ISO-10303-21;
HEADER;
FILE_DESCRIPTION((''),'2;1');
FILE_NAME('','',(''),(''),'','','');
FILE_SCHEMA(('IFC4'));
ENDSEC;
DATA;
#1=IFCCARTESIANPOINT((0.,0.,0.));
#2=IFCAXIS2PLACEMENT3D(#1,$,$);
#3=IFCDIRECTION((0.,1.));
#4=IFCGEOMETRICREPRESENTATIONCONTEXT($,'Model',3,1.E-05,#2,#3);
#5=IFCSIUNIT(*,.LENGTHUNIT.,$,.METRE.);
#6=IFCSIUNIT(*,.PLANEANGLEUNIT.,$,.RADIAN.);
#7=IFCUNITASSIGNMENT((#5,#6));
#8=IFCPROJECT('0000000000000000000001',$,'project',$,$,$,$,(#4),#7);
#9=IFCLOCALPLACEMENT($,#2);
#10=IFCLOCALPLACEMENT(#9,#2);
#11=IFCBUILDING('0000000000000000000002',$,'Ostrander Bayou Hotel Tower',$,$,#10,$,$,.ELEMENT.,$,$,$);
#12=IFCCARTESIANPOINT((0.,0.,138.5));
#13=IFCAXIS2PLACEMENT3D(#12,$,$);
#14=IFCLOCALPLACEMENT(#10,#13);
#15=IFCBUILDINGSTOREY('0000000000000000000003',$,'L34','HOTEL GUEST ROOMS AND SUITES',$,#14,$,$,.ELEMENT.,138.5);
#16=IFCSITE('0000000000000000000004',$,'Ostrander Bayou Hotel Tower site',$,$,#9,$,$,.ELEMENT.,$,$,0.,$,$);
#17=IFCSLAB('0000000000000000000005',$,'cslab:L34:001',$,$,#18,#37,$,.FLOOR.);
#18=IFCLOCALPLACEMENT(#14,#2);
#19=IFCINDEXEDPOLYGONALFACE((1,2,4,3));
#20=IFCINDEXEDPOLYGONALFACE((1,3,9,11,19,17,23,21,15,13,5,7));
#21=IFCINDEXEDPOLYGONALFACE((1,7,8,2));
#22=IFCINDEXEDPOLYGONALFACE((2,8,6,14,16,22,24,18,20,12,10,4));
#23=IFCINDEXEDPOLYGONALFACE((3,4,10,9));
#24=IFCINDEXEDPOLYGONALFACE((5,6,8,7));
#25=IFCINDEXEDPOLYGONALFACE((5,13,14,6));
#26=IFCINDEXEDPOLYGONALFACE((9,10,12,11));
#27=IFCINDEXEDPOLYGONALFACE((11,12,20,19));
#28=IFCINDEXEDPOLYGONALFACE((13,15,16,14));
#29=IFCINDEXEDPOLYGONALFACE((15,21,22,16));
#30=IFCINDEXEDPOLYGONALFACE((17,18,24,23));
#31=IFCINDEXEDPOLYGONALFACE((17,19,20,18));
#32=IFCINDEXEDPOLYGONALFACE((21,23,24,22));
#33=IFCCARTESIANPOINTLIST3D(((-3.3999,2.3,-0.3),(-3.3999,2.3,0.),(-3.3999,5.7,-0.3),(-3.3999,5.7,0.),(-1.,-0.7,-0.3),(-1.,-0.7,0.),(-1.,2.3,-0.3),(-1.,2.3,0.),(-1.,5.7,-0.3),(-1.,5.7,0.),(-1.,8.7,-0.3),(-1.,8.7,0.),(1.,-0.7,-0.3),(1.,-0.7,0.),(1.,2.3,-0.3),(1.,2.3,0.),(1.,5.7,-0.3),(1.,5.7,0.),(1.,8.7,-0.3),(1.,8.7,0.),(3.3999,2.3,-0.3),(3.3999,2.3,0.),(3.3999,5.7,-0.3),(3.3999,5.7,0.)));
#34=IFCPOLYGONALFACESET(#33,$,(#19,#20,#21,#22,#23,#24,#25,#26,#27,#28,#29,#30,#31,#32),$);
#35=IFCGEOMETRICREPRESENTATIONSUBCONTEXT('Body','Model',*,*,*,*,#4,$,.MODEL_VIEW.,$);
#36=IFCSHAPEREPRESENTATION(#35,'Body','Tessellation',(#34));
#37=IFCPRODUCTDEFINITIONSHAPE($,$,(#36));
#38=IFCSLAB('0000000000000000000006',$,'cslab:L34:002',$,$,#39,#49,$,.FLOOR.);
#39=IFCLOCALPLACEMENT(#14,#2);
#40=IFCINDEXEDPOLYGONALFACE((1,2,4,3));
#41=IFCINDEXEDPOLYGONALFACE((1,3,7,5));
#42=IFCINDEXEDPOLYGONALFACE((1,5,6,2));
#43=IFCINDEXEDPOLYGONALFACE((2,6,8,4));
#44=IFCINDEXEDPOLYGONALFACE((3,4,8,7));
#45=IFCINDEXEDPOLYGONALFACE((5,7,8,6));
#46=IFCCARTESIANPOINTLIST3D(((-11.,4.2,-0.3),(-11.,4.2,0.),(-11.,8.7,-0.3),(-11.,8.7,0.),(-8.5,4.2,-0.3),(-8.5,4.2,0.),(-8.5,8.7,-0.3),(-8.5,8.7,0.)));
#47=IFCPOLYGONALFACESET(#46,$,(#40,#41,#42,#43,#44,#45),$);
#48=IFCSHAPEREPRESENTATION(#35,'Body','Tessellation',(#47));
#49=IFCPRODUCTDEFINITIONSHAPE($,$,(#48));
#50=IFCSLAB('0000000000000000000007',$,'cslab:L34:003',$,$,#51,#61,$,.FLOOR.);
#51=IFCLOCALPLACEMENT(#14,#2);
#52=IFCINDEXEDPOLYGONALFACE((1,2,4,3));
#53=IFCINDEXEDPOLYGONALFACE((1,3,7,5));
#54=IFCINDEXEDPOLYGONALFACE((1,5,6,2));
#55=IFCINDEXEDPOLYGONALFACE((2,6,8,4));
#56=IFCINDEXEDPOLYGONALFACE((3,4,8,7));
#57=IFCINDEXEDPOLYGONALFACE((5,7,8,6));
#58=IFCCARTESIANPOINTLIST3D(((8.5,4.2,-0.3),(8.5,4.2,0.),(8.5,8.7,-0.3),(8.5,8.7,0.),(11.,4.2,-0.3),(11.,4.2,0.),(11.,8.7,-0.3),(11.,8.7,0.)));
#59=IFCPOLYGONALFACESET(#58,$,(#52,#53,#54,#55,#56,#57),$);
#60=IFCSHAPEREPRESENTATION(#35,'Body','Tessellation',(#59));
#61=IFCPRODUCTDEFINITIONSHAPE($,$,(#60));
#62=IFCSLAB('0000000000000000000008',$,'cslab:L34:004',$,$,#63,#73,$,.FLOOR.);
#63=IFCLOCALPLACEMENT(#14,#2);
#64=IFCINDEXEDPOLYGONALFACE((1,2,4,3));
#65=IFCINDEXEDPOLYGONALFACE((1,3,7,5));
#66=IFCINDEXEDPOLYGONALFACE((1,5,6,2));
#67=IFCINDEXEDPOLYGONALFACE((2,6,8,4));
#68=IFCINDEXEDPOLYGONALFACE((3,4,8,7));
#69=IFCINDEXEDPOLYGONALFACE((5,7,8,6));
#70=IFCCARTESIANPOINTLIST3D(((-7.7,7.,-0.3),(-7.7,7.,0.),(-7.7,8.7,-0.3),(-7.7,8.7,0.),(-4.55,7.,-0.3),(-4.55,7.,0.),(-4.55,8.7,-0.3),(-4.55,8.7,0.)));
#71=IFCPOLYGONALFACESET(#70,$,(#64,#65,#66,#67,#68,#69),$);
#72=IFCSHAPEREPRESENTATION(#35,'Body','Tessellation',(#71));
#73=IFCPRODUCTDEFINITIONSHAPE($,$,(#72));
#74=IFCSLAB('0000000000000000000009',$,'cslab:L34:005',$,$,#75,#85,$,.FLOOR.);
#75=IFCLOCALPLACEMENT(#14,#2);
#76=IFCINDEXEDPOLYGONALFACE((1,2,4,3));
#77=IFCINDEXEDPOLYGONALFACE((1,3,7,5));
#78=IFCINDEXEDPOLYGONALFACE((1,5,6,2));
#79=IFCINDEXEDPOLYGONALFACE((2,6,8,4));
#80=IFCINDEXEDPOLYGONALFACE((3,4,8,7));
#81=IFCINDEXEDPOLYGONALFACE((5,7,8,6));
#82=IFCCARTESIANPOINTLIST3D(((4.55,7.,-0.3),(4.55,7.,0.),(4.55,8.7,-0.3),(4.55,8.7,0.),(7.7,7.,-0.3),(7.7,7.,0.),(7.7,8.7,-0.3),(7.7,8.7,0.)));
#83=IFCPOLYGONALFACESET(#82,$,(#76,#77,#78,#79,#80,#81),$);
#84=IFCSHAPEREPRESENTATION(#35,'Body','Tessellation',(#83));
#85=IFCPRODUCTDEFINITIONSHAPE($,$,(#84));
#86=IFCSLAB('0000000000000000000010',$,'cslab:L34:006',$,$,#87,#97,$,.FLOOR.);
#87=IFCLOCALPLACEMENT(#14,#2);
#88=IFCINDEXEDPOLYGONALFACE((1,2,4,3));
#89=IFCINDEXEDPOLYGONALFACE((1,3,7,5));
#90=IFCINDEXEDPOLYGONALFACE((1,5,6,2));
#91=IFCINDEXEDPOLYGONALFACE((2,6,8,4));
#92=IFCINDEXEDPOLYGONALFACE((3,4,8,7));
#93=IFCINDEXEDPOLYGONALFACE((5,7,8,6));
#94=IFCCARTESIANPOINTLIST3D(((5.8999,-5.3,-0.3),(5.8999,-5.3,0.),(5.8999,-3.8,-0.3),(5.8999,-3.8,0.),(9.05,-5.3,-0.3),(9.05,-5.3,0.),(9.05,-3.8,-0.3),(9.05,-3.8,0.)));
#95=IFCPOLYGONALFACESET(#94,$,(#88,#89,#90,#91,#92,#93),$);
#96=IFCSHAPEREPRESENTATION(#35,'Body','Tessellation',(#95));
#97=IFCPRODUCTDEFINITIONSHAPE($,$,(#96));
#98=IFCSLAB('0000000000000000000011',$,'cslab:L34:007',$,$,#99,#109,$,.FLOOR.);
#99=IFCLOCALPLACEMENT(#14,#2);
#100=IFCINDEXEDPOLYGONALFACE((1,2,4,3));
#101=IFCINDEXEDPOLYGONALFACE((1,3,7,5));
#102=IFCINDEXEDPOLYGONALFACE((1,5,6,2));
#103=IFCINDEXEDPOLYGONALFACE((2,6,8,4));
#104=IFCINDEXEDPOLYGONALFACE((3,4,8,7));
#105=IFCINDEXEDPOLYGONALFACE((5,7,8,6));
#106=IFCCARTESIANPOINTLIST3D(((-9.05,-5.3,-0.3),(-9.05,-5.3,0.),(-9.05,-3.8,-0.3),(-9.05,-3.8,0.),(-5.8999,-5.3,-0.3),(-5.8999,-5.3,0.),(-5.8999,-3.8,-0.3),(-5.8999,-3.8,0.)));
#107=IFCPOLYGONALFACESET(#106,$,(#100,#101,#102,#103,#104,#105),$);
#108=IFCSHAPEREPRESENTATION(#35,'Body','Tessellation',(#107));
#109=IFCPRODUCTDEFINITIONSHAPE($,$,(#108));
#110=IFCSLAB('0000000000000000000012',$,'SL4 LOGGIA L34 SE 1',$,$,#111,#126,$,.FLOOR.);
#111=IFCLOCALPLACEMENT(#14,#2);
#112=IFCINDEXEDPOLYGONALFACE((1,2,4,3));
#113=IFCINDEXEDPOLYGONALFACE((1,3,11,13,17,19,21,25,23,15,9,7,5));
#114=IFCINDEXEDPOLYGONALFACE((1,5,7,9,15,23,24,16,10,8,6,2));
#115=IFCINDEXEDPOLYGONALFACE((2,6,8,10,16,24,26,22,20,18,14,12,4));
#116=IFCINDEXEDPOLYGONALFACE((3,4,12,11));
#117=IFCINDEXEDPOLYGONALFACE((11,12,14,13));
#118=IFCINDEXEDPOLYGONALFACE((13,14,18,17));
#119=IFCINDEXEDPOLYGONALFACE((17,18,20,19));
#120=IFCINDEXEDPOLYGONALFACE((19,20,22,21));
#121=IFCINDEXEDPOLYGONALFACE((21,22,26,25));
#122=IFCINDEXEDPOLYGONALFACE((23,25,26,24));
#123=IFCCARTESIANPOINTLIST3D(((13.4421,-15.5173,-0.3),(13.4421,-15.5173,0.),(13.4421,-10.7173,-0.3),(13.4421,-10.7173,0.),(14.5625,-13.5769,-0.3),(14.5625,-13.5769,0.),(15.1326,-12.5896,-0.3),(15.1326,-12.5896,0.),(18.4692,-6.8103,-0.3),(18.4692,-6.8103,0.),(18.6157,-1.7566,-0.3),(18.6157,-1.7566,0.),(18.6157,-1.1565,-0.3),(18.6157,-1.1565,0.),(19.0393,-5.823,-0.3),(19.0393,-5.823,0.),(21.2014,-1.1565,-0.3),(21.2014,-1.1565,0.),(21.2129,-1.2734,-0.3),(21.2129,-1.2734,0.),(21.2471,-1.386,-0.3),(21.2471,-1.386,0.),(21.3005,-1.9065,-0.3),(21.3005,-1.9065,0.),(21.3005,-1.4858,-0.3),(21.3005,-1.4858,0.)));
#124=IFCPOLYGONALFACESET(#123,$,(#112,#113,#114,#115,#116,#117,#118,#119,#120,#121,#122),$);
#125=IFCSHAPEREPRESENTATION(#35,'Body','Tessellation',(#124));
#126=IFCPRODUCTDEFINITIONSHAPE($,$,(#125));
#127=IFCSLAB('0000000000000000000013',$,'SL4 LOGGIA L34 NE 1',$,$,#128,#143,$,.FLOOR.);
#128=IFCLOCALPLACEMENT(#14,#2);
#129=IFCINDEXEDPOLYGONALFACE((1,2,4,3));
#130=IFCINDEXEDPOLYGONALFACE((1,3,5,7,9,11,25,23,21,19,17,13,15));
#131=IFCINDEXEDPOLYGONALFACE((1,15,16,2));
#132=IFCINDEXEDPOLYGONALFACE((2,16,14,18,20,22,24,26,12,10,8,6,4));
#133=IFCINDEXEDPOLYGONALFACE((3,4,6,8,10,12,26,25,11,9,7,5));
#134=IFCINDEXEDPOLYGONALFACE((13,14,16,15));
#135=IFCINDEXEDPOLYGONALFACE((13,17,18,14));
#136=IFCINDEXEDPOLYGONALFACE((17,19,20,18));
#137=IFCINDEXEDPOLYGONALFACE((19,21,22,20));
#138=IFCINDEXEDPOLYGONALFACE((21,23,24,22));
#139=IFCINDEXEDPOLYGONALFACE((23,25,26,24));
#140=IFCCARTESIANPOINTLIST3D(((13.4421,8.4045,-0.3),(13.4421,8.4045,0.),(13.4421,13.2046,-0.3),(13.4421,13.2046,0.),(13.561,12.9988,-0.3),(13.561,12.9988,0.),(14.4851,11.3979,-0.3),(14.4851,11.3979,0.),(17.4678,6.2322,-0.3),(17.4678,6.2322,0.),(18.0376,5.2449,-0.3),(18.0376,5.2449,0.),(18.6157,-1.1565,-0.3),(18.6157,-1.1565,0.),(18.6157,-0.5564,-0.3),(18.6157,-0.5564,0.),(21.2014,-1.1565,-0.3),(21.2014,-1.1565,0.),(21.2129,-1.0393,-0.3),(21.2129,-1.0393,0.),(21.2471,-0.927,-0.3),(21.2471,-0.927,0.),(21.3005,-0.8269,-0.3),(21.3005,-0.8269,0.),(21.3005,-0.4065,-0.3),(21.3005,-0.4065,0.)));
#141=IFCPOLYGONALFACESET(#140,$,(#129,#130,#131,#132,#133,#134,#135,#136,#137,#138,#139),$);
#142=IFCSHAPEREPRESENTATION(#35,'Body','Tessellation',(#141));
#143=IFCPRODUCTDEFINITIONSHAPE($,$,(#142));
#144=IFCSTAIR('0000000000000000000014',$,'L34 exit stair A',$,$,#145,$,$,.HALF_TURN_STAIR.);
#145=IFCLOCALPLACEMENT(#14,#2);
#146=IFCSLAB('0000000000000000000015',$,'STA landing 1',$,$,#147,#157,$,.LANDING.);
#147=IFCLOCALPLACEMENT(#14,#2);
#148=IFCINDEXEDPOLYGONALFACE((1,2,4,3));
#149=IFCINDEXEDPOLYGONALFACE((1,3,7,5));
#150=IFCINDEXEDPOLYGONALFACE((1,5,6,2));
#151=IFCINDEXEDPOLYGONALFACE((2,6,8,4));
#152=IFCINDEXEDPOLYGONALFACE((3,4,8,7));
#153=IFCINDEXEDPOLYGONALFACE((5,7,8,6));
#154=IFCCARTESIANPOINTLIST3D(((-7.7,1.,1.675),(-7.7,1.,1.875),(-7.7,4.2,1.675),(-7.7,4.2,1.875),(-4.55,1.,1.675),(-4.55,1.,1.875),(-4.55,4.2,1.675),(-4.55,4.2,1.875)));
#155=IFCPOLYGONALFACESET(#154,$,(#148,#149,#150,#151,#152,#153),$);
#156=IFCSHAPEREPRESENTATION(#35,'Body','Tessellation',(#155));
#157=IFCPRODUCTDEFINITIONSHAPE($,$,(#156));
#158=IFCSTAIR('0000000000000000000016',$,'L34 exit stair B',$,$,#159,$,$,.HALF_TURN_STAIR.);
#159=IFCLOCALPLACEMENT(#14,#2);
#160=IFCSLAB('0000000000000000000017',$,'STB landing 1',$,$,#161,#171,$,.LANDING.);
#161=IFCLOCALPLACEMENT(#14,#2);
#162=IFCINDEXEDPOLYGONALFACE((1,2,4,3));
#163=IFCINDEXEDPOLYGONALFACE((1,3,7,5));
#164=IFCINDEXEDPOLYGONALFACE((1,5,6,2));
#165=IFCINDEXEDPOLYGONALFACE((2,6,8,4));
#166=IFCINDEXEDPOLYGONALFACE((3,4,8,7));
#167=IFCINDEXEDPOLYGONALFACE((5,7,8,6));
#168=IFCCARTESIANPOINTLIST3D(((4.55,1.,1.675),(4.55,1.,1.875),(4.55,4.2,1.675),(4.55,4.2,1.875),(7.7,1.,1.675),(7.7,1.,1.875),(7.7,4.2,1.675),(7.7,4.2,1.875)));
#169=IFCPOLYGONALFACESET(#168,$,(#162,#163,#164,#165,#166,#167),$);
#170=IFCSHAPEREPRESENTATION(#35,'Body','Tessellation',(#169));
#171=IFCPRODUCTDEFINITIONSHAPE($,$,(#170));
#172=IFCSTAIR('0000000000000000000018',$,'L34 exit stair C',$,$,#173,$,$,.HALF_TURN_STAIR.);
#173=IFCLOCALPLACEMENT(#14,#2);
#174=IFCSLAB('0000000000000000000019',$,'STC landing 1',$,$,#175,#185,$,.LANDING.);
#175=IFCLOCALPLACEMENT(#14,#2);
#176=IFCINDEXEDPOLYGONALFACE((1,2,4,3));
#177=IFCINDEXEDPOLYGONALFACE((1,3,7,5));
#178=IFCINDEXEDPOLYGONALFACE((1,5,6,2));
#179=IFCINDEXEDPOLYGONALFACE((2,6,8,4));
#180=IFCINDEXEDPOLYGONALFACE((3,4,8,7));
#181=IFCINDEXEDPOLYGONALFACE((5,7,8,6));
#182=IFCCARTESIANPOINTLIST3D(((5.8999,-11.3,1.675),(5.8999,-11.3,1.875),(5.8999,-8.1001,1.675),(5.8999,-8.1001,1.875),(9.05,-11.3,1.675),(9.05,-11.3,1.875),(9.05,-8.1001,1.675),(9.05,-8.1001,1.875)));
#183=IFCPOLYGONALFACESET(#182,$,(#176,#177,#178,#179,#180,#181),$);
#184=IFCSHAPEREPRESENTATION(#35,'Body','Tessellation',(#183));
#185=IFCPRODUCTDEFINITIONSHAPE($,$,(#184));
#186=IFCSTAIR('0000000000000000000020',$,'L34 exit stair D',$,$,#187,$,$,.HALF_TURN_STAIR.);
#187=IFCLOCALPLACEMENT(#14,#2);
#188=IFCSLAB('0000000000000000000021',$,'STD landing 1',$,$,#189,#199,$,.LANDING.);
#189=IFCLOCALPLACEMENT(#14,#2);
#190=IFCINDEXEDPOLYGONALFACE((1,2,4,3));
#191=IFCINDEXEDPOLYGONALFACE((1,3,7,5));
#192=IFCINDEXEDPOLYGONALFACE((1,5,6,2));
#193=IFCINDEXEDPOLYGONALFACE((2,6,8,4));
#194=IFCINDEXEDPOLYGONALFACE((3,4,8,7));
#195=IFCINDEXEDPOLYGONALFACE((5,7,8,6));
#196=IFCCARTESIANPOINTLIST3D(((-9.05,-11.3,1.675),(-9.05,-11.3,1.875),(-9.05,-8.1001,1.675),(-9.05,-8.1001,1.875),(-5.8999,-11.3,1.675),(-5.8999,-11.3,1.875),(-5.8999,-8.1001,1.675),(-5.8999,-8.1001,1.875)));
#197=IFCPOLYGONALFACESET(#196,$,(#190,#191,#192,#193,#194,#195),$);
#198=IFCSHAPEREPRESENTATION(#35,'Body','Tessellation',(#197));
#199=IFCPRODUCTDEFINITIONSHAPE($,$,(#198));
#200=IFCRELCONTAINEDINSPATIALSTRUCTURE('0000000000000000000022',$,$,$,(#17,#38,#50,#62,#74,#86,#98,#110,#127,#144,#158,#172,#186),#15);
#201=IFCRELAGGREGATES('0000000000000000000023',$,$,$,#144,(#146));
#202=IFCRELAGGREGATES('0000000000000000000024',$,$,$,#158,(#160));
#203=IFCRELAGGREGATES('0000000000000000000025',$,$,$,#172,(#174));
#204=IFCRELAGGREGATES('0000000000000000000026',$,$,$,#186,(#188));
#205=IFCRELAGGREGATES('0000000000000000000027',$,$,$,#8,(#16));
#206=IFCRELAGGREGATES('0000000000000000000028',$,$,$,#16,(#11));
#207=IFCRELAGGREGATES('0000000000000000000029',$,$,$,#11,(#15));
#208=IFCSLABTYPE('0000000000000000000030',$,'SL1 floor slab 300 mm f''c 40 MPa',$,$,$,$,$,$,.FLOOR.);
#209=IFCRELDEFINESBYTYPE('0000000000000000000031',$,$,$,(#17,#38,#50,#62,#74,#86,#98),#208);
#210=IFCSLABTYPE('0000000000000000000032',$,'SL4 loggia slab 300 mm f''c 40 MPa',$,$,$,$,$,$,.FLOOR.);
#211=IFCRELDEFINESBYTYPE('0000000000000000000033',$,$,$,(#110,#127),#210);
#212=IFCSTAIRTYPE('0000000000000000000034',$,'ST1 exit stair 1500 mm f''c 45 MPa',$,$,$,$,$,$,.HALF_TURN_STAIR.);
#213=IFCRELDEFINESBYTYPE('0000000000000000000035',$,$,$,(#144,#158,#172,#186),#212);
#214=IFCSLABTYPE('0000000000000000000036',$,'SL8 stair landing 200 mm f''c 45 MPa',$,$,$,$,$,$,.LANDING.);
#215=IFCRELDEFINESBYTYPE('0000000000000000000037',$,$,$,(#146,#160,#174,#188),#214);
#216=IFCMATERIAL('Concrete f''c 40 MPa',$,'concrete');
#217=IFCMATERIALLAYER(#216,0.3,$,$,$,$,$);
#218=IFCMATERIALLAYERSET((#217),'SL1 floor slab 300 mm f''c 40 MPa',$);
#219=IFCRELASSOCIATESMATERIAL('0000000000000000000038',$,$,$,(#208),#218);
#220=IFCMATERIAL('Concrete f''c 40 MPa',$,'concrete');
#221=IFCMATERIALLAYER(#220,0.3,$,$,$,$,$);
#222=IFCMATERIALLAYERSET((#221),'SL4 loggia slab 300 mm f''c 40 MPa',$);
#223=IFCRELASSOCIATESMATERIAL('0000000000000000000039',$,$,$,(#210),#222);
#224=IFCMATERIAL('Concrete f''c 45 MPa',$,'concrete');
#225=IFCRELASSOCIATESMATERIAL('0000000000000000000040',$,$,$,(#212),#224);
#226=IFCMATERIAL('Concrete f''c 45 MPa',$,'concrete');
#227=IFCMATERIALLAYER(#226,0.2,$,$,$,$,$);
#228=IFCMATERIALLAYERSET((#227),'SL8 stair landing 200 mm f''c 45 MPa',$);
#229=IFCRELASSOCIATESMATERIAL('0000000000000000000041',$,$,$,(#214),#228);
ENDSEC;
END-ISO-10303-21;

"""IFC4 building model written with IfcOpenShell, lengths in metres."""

from ifc_helpers import new_model, si_unit, direction, frame, origin, place, context, subcontext, project, spatial, polyline, outline, extrude, material, layer, layer_set, type_object, element, aggregate, save


model = new_model("IFC4")

# Units and contexts
model_context = context("Model", 3, precision=1e-05, world=origin(), true_north=direction((0.0, 1.0)))
body_context = subcontext(model_context, "Body", "Model", "MODEL_VIEW")
ifc_project = project(units=[si_unit("LENGTHUNIT", "METRE"), si_unit("PLANEANGLEUNIT", "RADIAN")], contexts=[model_context])

# Site, building, storey
site_placement = place(None, origin())
site = spatial("IfcSite", under=ifc_project, at=site_placement, Name="Ostrander Bayou Hotel Tower site", CompositionType="ELEMENT", RefElevation=0.0)
building_placement = place(site_placement, origin())
building = spatial("IfcBuilding", under=site, at=building_placement, Name="Ostrander Bayou Hotel Tower", CompositionType="ELEMENT")
storey_placement = place(building_placement, frame((0.0, 0.0, 138.5)))
storey = spatial("IfcBuildingStorey", under=building, at=storey_placement, Name="L34", Description="HOTEL GUEST ROOMS AND SUITES", CompositionType="ELEMENT", Elevation=138.5)

# Slabs
ifc_material_1 = material(Name="Concrete f'c 40 MPa", Category="concrete")
ifc_layer_1 = layer(ifc_material_1, 0.3)
ifc_layer_set_1 = layer_set([ifc_layer_1], Name="SL1 floor slab 300 mm f'c 40 MPa")
slab_type_1 = type_object("IfcSlabType", Name="SL1 floor slab 300 mm f'c 40 MPa", PredefinedType="FLOOR", material=ifc_layer_set_1)
slab_1_placement = place(storey_placement, frame((0.0, 0.0, -0.3)))
element("IfcSlab", 1, at=slab_1_placement, inside=storey, type_object=slab_type_1, Name="cslab:L34:001", PredefinedType="FLOOR", context=body_context, shape_type="SweptSolid", body=[
    extrude(outline(polyline([(-3.3999, 5.7), (-1.0, 5.7), (-1.0, 8.7), (1.0, 8.7), (1.0, 5.7), (3.3999, 5.7), (3.3999, 2.3), (1.0, 2.3), (1.0, -0.7), (-1.0, -0.7), (-1.0, 2.3), (-3.3999, 2.3), (-3.3999, 5.7)])), origin(), (0.0, 0.0, 1.0), 0.3),
])
slab_2_placement = place(storey_placement, frame((0.0, 0.0, -0.3)))
element("IfcSlab", 2, at=slab_2_placement, inside=storey, type_object=slab_type_1, Name="cslab:L34:002", PredefinedType="FLOOR", context=body_context, shape_type="SweptSolid", body=[
    extrude(outline(polyline([(-8.5, 4.2), (-8.5, 8.7), (-11.0, 8.7), (-11.0, 4.2), (-8.5, 4.2)])), origin(), (0.0, 0.0, 1.0), 0.3),
])
slab_3_placement = place(storey_placement, frame((0.0, 0.0, -0.3)))
element("IfcSlab", 3, at=slab_3_placement, inside=storey, type_object=slab_type_1, Name="cslab:L34:003", PredefinedType="FLOOR", context=body_context, shape_type="SweptSolid", body=[
    extrude(outline(polyline([(11.0, 4.2), (11.0, 8.7), (8.5, 8.7), (8.5, 4.2), (11.0, 4.2)])), origin(), (0.0, 0.0, 1.0), 0.3),
])
slab_4_placement = place(storey_placement, frame((0.0, 0.0, -0.3)))
element("IfcSlab", 4, at=slab_4_placement, inside=storey, type_object=slab_type_1, Name="cslab:L34:004", PredefinedType="FLOOR", context=body_context, shape_type="SweptSolid", body=[
    extrude(outline(polyline([(-4.55, 7.0), (-4.55, 8.7), (-7.7, 8.7), (-7.7, 7.0), (-4.55, 7.0)])), origin(), (0.0, 0.0, 1.0), 0.3),
])
slab_5_placement = place(storey_placement, frame((0.0, 0.0, -0.3)))
element("IfcSlab", 5, at=slab_5_placement, inside=storey, type_object=slab_type_1, Name="cslab:L34:005", PredefinedType="FLOOR", context=body_context, shape_type="SweptSolid", body=[
    extrude(outline(polyline([(7.7, 7.0), (7.7, 8.7), (4.55, 8.7), (4.55, 7.0), (7.7, 7.0)])), origin(), (0.0, 0.0, 1.0), 0.3),
])
slab_6_placement = place(storey_placement, frame((0.0, 0.0, -0.3)))
element("IfcSlab", 6, at=slab_6_placement, inside=storey, type_object=slab_type_1, Name="cslab:L34:006", PredefinedType="FLOOR", context=body_context, shape_type="SweptSolid", body=[
    extrude(outline(polyline([(9.05, -5.3), (9.05, -3.8), (5.8999, -3.8), (5.8999, -5.3), (9.05, -5.3)])), origin(), (0.0, 0.0, 1.0), 0.3),
])
slab_7_placement = place(storey_placement, frame((0.0, 0.0, -0.3)))
element("IfcSlab", 7, at=slab_7_placement, inside=storey, type_object=slab_type_1, Name="cslab:L34:007", PredefinedType="FLOOR", context=body_context, shape_type="SweptSolid", body=[
    extrude(outline(polyline([(-5.8999, -5.3), (-5.8999, -3.8), (-9.05, -3.8), (-9.05, -5.3), (-5.8999, -5.3)])), origin(), (0.0, 0.0, 1.0), 0.3),
])
ifc_material_2 = material(Name="Concrete f'c 40 MPa", Category="concrete")
ifc_layer_2 = layer(ifc_material_2, 0.3)
ifc_layer_set_2 = layer_set([ifc_layer_2], Name="SL4 loggia slab 300 mm f'c 40 MPa")
slab_type_2 = type_object("IfcSlabType", Name="SL4 loggia slab 300 mm f'c 40 MPa", PredefinedType="FLOOR", material=ifc_layer_set_2)
slab_8_placement = place(storey_placement, frame((0.0, 0.0, -0.3)))
element("IfcSlab", 8, at=slab_8_placement, inside=storey, type_object=slab_type_2, Name="SL4 LOGGIA L34 SE 1", PredefinedType="FLOOR", context=body_context, shape_type="SweptSolid", body=[
    extrude(outline(polyline([(15.1326, -12.5896), (14.5625, -13.5769), (13.4421, -15.5173), (13.4421, -10.7173), (18.6157, -1.7566), (18.6157, -1.1565), (21.2014, -1.1565), (21.2129, -1.2734), (21.2471, -1.386), (21.3005, -1.4858), (21.3005, -1.9065), (19.0393, -5.823), (18.4692, -6.8103), (15.1326, -12.5896)])), origin(), (0.0, 0.0, 1.0), 0.3),
])
slab_9_placement = place(storey_placement, frame((0.0, 0.0, -0.3)))
element("IfcSlab", 9, at=slab_9_placement, inside=storey, type_object=slab_type_2, Name="SL4 LOGGIA L34 NE 1", PredefinedType="FLOOR", context=body_context, shape_type="SweptSolid", body=[
    extrude(outline(polyline([(13.4421, 13.2046), (13.561, 12.9988), (14.4851, 11.3979), (17.4678, 6.2322), (18.0376, 5.2449), (21.3005, -0.4065), (21.3005, -0.8269), (21.2471, -0.927), (21.2129, -1.0393), (21.2014, -1.1565), (18.6157, -1.1565), (18.6157, -0.5564), (13.4421, 8.4045), (13.4421, 13.2046)])), origin(), (0.0, 0.0, 1.0), 0.3),
])

# Stairs, slabs
ifc_material_3 = material(Name="Concrete f'c 45 MPa", Category="concrete")
stair_type = type_object("IfcStairType", Name="ST1 exit stair 1500 mm f'c 45 MPa", PredefinedType="HALF_TURN_STAIR", material=ifc_material_3)
stair_1_placement = place(storey_placement, origin())
stair_1 = element("IfcStair", 10, at=stair_1_placement, inside=storey, type_object=stair_type, Name="L34 exit stair A", PredefinedType="HALF_TURN_STAIR")
ifc_material_4 = material(Name="Concrete f'c 45 MPa", Category="concrete")
ifc_layer_3 = layer(ifc_material_4, 0.2)
ifc_layer_set_3 = layer_set([ifc_layer_3], Name="SL8 stair landing 200 mm f'c 45 MPa")
slab_type_3 = type_object("IfcSlabType", Name="SL8 stair landing 200 mm f'c 45 MPa", PredefinedType="LANDING", material=ifc_layer_set_3)
slab_10_placement = place(storey_placement, frame((0.0, 0.0, 1.675)))
slab_10 = element("IfcSlab", 11, at=slab_10_placement, type_object=slab_type_3, Name="STA landing 1", PredefinedType="LANDING", context=body_context, shape_type="SweptSolid", body=[
    extrude(outline(polyline([(-7.7, 4.2), (-7.7, 1.0), (-4.55, 1.0), (-4.55, 4.2), (-7.7, 4.2)])), origin(), (0.0, 0.0, 1.0), 0.2),
])
aggregate(stair_1, [slab_10])
stair_2_placement = place(storey_placement, origin())
stair_2 = element("IfcStair", 12, at=stair_2_placement, inside=storey, type_object=stair_type, Name="L34 exit stair B", PredefinedType="HALF_TURN_STAIR")
slab_11_placement = place(storey_placement, frame((0.0, 0.0, 1.675)))
slab_11 = element("IfcSlab", 13, at=slab_11_placement, type_object=slab_type_3, Name="STB landing 1", PredefinedType="LANDING", context=body_context, shape_type="SweptSolid", body=[
    extrude(outline(polyline([(4.55, 4.2), (4.55, 1.0), (7.7, 1.0), (7.7, 4.2), (4.55, 4.2)])), origin(), (0.0, 0.0, 1.0), 0.2),
])
aggregate(stair_2, [slab_11])
stair_3_placement = place(storey_placement, origin())
stair_3 = element("IfcStair", 14, at=stair_3_placement, inside=storey, type_object=stair_type, Name="L34 exit stair C", PredefinedType="HALF_TURN_STAIR")
slab_12_placement = place(storey_placement, frame((0.0, 0.0, 1.675)))
slab_12 = element("IfcSlab", 15, at=slab_12_placement, type_object=slab_type_3, Name="STC landing 1", PredefinedType="LANDING", context=body_context, shape_type="SweptSolid", body=[
    extrude(outline(polyline([(5.8999, -8.1001), (5.8999, -11.3), (9.05, -11.3), (9.05, -8.1001), (5.8999, -8.1001)])), origin(), (0.0, 0.0, 1.0), 0.2),
])
aggregate(stair_3, [slab_12])
stair_4_placement = place(storey_placement, origin())
stair_4 = element("IfcStair", 16, at=stair_4_placement, inside=storey, type_object=stair_type, Name="L34 exit stair D", PredefinedType="HALF_TURN_STAIR")
slab_13_placement = place(storey_placement, frame((0.0, 0.0, 1.675)))
slab_13 = element("IfcSlab", 17, at=slab_13_placement, type_object=slab_type_3, Name="STD landing 1", PredefinedType="LANDING", context=body_context, shape_type="SweptSolid", body=[
    extrude(outline(polyline([(-9.05, -8.1001), (-9.05, -11.3), (-5.8999, -11.3), (-5.8999, -8.1001), (-9.05, -8.1001)])), origin(), (0.0, 0.0, 1.0), 0.2),
])
aggregate(stair_4, [slab_13])

save(model, "model.ifc")
